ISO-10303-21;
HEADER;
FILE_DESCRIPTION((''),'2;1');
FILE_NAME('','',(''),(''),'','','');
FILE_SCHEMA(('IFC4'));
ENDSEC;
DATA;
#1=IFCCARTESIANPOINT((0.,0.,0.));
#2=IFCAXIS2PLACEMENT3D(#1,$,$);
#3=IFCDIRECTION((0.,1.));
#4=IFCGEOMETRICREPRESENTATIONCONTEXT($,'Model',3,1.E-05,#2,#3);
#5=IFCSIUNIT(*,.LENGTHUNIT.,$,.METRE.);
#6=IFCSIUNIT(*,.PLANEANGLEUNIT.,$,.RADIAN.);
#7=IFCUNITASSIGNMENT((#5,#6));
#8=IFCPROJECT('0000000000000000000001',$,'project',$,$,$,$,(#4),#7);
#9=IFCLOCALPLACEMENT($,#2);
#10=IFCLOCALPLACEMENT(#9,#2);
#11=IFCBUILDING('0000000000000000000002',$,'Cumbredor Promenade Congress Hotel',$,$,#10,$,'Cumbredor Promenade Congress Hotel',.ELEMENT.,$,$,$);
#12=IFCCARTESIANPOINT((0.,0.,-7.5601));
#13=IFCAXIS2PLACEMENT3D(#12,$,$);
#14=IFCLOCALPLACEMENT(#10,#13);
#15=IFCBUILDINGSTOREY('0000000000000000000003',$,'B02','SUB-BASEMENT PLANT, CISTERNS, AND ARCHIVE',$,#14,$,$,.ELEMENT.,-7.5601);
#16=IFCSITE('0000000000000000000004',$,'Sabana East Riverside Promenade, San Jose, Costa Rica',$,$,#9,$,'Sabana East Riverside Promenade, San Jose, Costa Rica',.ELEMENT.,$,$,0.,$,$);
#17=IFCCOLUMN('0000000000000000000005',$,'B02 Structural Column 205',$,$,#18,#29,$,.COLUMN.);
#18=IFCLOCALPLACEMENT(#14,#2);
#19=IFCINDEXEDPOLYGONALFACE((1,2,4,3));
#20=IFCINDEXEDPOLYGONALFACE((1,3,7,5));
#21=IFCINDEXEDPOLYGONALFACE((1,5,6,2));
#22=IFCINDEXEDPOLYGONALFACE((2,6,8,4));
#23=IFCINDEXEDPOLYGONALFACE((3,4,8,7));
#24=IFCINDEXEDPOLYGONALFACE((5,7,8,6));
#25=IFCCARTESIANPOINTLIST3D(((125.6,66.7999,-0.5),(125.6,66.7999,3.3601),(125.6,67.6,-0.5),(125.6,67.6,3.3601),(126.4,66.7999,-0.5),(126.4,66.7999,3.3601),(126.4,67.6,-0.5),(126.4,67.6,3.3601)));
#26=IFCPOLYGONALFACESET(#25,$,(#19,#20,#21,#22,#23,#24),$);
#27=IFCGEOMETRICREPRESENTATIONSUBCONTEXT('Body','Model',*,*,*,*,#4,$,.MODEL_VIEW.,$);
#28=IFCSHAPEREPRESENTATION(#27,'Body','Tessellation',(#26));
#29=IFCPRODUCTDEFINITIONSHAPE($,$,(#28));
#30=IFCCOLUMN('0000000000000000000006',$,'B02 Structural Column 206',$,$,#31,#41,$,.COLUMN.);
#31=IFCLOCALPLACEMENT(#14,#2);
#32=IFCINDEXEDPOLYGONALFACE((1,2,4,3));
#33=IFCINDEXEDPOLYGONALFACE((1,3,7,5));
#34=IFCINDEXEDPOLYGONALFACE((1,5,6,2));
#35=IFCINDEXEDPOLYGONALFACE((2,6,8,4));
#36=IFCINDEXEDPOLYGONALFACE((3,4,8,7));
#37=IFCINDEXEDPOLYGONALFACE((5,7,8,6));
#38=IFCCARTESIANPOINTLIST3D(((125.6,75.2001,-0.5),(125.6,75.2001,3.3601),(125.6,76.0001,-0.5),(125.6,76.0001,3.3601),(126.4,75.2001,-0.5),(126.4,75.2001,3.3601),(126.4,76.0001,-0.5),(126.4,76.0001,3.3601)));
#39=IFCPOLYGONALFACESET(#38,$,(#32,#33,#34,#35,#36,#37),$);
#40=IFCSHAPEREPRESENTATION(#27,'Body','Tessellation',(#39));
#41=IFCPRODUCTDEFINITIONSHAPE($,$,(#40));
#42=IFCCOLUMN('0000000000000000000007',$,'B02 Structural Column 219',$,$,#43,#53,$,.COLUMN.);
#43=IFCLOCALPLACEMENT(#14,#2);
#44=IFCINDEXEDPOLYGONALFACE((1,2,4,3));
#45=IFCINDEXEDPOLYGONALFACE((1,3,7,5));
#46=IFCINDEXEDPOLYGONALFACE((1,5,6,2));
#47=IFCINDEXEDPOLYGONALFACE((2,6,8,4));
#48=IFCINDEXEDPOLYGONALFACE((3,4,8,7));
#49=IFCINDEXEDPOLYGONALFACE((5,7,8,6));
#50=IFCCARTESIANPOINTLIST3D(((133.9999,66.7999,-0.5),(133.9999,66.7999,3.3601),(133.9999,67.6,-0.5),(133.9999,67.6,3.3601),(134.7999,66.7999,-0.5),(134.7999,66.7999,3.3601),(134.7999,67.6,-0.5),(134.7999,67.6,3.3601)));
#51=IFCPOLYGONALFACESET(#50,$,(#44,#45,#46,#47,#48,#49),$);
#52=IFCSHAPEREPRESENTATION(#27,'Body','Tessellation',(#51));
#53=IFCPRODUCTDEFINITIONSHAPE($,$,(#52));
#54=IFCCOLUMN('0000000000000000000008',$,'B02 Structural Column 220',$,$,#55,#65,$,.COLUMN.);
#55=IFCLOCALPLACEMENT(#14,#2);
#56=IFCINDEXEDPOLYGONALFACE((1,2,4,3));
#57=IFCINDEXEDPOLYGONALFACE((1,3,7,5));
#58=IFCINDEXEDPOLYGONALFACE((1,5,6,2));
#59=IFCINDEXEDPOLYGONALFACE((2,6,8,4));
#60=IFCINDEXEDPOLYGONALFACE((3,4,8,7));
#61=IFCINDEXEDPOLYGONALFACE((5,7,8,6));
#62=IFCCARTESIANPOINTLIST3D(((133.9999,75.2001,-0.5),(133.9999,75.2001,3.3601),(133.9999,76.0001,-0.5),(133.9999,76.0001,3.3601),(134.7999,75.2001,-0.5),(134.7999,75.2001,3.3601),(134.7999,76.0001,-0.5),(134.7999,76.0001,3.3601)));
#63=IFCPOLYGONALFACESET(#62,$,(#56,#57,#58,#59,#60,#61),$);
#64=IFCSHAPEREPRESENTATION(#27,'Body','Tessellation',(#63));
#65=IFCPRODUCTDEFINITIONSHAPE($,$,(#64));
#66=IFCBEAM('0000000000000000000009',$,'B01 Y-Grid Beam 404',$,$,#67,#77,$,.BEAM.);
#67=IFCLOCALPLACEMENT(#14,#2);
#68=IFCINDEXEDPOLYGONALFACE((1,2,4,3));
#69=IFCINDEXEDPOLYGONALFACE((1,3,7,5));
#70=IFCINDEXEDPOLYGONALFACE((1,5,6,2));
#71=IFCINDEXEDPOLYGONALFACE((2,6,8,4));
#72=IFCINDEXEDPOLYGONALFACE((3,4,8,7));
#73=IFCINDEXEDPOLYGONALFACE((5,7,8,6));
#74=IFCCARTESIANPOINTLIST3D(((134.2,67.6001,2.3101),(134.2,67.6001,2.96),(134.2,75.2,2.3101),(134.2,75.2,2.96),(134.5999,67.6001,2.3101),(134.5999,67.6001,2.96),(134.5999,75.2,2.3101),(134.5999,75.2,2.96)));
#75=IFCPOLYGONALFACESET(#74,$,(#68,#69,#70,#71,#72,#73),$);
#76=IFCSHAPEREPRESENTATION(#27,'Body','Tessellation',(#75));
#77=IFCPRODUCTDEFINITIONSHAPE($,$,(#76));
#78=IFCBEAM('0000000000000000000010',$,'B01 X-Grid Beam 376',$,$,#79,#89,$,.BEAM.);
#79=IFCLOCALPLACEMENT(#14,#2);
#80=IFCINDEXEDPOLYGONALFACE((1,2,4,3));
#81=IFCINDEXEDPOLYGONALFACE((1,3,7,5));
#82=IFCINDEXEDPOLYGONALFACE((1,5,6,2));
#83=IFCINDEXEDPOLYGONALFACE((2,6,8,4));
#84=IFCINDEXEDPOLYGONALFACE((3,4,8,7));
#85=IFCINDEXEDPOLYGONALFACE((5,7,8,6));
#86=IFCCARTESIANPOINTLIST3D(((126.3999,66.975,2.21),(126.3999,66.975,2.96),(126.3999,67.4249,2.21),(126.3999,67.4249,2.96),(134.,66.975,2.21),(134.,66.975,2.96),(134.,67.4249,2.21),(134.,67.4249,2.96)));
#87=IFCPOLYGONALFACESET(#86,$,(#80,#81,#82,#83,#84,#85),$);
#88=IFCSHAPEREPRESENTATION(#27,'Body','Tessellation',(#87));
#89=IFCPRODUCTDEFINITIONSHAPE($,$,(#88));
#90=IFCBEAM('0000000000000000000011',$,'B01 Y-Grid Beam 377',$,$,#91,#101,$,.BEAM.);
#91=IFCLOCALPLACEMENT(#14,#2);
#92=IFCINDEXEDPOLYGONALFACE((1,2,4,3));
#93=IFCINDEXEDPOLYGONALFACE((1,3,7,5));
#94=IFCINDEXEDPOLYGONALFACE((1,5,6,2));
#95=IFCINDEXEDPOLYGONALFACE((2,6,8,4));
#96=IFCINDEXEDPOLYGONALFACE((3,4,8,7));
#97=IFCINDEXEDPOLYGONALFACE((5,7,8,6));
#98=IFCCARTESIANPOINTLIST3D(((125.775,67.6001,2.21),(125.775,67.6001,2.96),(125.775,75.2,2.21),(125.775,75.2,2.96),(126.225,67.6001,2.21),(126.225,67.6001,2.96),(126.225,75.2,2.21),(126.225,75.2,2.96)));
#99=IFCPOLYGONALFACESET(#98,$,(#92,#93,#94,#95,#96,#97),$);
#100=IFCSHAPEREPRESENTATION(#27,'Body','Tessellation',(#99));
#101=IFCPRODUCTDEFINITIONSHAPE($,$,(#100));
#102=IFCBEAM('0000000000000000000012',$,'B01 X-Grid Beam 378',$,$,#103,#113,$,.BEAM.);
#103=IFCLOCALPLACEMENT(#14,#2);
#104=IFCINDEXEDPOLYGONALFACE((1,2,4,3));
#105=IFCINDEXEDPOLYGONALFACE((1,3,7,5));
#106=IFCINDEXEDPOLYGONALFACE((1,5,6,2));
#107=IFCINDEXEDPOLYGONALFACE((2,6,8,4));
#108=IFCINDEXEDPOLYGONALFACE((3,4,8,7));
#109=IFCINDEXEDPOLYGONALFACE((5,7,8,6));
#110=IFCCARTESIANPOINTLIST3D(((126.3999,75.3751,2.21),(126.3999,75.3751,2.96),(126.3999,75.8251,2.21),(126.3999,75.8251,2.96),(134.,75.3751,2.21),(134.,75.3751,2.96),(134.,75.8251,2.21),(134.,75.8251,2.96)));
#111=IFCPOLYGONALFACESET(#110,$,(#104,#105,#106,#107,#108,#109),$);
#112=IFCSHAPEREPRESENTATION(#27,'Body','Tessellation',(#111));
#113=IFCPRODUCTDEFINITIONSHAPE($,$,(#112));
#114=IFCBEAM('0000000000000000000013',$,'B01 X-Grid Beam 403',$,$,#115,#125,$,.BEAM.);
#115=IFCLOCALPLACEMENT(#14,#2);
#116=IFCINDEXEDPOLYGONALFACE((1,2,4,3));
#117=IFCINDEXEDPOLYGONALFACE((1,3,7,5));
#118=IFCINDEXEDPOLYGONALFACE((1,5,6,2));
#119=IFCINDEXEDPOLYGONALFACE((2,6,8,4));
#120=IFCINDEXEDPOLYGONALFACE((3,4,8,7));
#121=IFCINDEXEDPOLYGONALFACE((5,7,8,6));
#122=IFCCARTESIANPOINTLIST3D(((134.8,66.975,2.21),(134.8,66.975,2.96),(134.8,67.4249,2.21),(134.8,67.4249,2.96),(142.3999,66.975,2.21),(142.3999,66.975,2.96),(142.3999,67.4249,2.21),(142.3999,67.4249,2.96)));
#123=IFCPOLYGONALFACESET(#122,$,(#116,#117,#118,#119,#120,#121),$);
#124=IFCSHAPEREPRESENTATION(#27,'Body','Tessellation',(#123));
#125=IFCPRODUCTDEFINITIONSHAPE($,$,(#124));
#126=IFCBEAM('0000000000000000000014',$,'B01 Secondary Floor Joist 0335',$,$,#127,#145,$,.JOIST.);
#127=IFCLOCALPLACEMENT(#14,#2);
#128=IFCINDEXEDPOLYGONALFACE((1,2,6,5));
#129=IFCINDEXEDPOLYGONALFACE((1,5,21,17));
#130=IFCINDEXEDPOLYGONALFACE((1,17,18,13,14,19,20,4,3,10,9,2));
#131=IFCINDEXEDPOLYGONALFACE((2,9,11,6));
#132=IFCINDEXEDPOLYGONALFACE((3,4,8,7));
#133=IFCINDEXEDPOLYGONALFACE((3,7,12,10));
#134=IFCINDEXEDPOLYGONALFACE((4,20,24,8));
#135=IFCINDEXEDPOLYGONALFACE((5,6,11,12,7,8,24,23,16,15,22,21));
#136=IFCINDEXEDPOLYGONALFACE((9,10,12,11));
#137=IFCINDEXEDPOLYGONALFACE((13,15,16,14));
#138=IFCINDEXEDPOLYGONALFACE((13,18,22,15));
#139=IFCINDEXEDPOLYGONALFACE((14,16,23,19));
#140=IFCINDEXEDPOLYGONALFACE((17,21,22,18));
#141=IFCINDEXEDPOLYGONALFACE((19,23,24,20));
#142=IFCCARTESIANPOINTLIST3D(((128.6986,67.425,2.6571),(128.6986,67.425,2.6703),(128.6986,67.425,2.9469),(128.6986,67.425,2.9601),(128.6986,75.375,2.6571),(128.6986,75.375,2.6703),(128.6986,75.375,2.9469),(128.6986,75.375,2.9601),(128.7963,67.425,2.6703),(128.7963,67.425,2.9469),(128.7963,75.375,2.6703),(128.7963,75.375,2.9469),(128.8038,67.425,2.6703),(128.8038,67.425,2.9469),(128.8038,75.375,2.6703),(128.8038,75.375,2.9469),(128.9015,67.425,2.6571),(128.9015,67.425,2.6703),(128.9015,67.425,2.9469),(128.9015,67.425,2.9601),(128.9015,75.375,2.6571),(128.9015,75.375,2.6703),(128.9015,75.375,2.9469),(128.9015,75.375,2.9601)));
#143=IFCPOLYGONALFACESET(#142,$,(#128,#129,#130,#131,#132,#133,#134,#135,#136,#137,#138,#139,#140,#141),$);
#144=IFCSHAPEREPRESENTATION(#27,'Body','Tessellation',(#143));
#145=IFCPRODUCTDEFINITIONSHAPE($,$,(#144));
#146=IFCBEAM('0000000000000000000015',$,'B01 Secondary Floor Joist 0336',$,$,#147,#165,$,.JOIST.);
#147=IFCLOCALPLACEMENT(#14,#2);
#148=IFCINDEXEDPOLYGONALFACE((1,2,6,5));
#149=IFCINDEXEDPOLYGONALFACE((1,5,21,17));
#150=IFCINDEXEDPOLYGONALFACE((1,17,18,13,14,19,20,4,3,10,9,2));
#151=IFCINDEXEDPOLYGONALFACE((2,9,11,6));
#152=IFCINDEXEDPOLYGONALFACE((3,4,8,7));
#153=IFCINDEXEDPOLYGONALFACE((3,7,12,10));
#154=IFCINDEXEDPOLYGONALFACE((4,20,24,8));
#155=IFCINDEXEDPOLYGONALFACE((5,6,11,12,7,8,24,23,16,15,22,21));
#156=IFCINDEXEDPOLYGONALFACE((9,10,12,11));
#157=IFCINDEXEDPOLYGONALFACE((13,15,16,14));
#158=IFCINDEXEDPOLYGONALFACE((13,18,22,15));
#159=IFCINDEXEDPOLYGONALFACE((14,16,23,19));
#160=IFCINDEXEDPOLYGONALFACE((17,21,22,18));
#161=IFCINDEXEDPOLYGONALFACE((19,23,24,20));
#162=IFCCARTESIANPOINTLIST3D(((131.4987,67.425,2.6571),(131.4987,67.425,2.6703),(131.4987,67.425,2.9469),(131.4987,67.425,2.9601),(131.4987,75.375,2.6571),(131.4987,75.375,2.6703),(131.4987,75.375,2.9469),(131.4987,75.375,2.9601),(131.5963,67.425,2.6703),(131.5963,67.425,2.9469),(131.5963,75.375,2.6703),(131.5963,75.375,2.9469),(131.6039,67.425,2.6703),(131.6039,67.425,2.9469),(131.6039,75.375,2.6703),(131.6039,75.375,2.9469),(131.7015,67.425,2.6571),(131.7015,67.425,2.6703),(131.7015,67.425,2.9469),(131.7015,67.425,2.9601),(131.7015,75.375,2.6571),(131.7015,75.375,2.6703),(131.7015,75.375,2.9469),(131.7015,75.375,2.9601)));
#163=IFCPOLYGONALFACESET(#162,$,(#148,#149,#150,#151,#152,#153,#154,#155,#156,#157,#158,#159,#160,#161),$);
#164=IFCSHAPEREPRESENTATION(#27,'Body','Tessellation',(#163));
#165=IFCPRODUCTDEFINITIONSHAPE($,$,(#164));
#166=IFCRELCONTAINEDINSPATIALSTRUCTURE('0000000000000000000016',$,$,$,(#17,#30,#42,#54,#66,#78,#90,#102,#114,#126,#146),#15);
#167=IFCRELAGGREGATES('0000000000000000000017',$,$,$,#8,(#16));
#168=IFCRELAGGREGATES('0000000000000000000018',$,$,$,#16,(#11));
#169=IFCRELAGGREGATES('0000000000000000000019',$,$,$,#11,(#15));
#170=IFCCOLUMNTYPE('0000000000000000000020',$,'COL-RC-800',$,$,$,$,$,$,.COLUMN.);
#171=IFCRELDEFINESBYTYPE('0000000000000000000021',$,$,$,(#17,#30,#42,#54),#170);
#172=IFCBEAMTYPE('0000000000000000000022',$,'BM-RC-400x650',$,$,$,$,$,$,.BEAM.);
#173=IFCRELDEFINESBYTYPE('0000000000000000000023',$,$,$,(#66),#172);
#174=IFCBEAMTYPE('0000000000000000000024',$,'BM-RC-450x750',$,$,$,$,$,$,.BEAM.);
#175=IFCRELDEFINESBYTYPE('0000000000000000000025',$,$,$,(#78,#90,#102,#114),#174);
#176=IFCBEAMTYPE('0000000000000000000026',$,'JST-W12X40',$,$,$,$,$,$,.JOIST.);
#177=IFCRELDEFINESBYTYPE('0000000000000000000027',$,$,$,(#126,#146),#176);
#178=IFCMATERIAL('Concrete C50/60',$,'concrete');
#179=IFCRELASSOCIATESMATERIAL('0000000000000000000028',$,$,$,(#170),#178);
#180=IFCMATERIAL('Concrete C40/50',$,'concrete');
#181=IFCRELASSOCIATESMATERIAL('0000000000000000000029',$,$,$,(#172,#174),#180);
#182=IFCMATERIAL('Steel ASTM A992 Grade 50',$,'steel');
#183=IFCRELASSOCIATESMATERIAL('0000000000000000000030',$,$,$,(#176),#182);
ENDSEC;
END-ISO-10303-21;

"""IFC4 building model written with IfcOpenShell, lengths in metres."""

from ifc_helpers import new_model, si_unit, direction, frame, origin, origin_2d, place, context, subcontext, project, spatial, rectangle, i_section, extrude, material, material_profile, profile_set, type_object, element, save


model = new_model("IFC4")

# Units and contexts
model_context = context("Model", 3, precision=1e-05, world=origin(), true_north=direction((0.0, 1.0)))
body_context = subcontext(model_context, "Body", "Model", "MODEL_VIEW")
ifc_project = project(units=[si_unit("LENGTHUNIT", "METRE"), si_unit("PLANEANGLEUNIT", "RADIAN")], contexts=[model_context])

# Site, building, storey
site_placement = place(None, origin())
site = spatial("IfcSite", under=ifc_project, at=site_placement, Name="Sabana East Riverside Promenade, San Jose, Costa Rica", LongName="Sabana East Riverside Promenade, San Jose, Costa Rica", CompositionType="ELEMENT", RefElevation=0.0)
building_placement = place(site_placement, origin())
building = spatial("IfcBuilding", under=site, at=building_placement, Name="Cumbredor Promenade Congress Hotel", LongName="Cumbredor Promenade Congress Hotel", CompositionType="ELEMENT")
storey_placement = place(building_placement, frame((0.0, 0.0, -7.5601)))
storey = spatial("IfcBuildingStorey", under=building, at=storey_placement, Name="B02", Description="SUB-BASEMENT PLANT, CISTERNS, AND ARCHIVE", CompositionType="ELEMENT", Elevation=-7.5601)

# Shared definitions
ifc_material_1 = material(Name="Concrete C40/50", Category="concrete")

# Columns
ifc_material_2 = material(Name="Concrete C50/60", Category="concrete")
ifc_material_profile_1 = material_profile(ifc_material_2, rectangle(XDim=0.8, YDim=0.8, at=origin_2d()), Name="RC 800x800")
ifc_profile_set_1 = profile_set([ifc_material_profile_1], Name="Concrete C50/60")
column_type = type_object("IfcColumnType", Name="COL-RC-800", PredefinedType="COLUMN", material=ifc_profile_set_1)
for number, where, z_axis, x_axis, name in (
    (1, (126.0, 67.2, -0.5), (0.0, 0.0, 1.0), (1.0, 0.0, 0.0), "B02 Structural Column 205"),
    (2, (126.0, 75.6001, -0.5), (0.0, 0.0, 1.0), (1.0, 0.0, 0.0), "B02 Structural Column 206"),
    (3, (134.3999, 67.2, -0.5), (0.0, 0.0, 1.0), (1.0, 0.0, 0.0), "B02 Structural Column 219"),
    (4, (134.3999, 75.6001, -0.5), (0.0, 0.0, 1.0), (1.0, 0.0, 0.0), "B02 Structural Column 220"),
):
    element("IfcColumn", number, at=place(storey_placement, frame(where, z_axis=z_axis, x_axis=x_axis)), inside=storey, type_object=column_type, Name=name, PredefinedType="COLUMN", context=body_context, shape_type="SweptSolid", body=[
        extrude(rectangle(XDim=0.8, YDim=0.8, at=origin_2d()), origin(), (0.0, 0.0, 1.0), 3.8601),
    ])

# Beams
ifc_material_profile_2 = material_profile(ifc_material_1, rectangle(XDim=0.3999, YDim=0.6499, at=origin_2d()), Name="RC BEAM 400x650")
ifc_profile_set_2 = profile_set([ifc_material_profile_2], Name="Concrete C40/50")
beam_type_1 = type_object("IfcBeamType", Name="BM-RC-400x650", PredefinedType="BEAM", material=ifc_profile_set_2)
beam_1_placement = place(storey_placement, frame((134.3999, 67.6001, 2.635), z_axis=(0.0, 1.0, 0.0), x_axis=(-1.0, 0.0, 0.0)))
element("IfcBeam", 5, at=beam_1_placement, inside=storey, type_object=beam_type_1, Name="B01 Y-Grid Beam 404", PredefinedType="BEAM", context=body_context, shape_type="SweptSolid", body=[
    extrude(rectangle(XDim=0.3999, YDim=0.6499, at=origin_2d()), origin(), (0.0, 0.0, 1.0), 7.5999),
])
ifc_material_profile_3 = material_profile(ifc_material_1, rectangle(XDim=0.45, YDim=0.75, at=origin_2d()), Name="RC BEAM 450x750")
ifc_profile_set_3 = profile_set([ifc_material_profile_3], Name="Concrete C40/50")
beam_type_2 = type_object("IfcBeamType", Name="BM-RC-450x750", PredefinedType="BEAM", material=ifc_profile_set_3)
beam_2_placement = place(storey_placement, frame((126.3999, 67.2, 2.585), z_axis=(1.0, 0.0, 0.0), x_axis=(0.0, 1.0, 0.0)))
element("IfcBeam", 6, at=beam_2_placement, inside=storey, type_object=beam_type_2, Name="B01 X-Grid Beam 376", PredefinedType="BEAM", context=body_context, shape_type="SweptSolid", body=[
    extrude(rectangle(XDim=0.45, YDim=0.75, at=origin_2d()), origin(), (0.0, 0.0, 1.0), 7.6001),
])
beam_3_placement = place(storey_placement, frame((126.0, 67.6001, 2.585), z_axis=(0.0, 1.0, 0.0), x_axis=(-1.0, 0.0, 0.0)))
element("IfcBeam", 7, at=beam_3_placement, inside=storey, type_object=beam_type_2, Name="B01 Y-Grid Beam 377", PredefinedType="BEAM", context=body_context, shape_type="SweptSolid", body=[
    extrude(rectangle(XDim=0.45, YDim=0.75, at=origin_2d()), origin(), (0.0, 0.0, 1.0), 7.5999),
])
beam_4_placement = place(storey_placement, frame((126.3999, 75.6001, 2.585), z_axis=(1.0, 0.0, 0.0), x_axis=(0.0, 1.0, 0.0)))
element("IfcBeam", 8, at=beam_4_placement, inside=storey, type_object=beam_type_2, Name="B01 X-Grid Beam 378", PredefinedType="BEAM", context=body_context, shape_type="SweptSolid", body=[
    extrude(rectangle(XDim=0.45, YDim=0.75, at=origin_2d()), origin(), (0.0, 0.0, 1.0), 7.6001),
])
beam_5_placement = place(storey_placement, frame((134.8, 67.2, 2.585), z_axis=(1.0, 0.0, 0.0), x_axis=(0.0, 1.0, 0.0)))
element("IfcBeam", 9, at=beam_5_placement, inside=storey, type_object=beam_type_2, Name="B01 X-Grid Beam 403", PredefinedType="BEAM", context=body_context, shape_type="SweptSolid", body=[
    extrude(rectangle(XDim=0.45, YDim=0.75, at=origin_2d()), origin(), (0.0, 0.0, 1.0), 7.5999),
])
ifc_material_3 = material(Name="Steel ASTM A992 Grade 50", Category="steel")
ifc_material_profile_4 = material_profile(ifc_material_3, i_section(OverallWidth=0.2029, OverallDepth=0.303, WebThickness=0.0076, FlangeThickness=0.0132, at=origin_2d()), Name="W12X40")
ifc_profile_set_4 = profile_set([ifc_material_profile_4], Name="Steel ASTM A992 Grade 50")
beam_type_3 = type_object("IfcBeamType", Name="JST-W12X40", PredefinedType="JOIST", material=ifc_profile_set_4)
for number, where, z_axis, x_axis, name in (
    (10, (128.8, 67.425, 2.8086), (0.0, 1.0, 0.0), (-1.0, 0.0, 0.0), "B01 Secondary Floor Joist 0335"),
    (11, (131.6001, 67.425, 2.8086), (0.0, 1.0, 0.0), (-1.0, 0.0, 0.0), "B01 Secondary Floor Joist 0336"),
):
    element("IfcBeam", number, at=place(storey_placement, frame(where, z_axis=z_axis, x_axis=x_axis)), inside=storey, type_object=beam_type_3, Name=name, PredefinedType="JOIST", context=body_context, shape_type="SweptSolid", body=[
        extrude(i_section(OverallWidth=0.2029, OverallDepth=0.303, WebThickness=0.0076, FlangeThickness=0.0132, at=origin_2d()), origin(), (0.0, 0.0, 1.0), 7.95),
    ])

save(model, "model.ifc")
